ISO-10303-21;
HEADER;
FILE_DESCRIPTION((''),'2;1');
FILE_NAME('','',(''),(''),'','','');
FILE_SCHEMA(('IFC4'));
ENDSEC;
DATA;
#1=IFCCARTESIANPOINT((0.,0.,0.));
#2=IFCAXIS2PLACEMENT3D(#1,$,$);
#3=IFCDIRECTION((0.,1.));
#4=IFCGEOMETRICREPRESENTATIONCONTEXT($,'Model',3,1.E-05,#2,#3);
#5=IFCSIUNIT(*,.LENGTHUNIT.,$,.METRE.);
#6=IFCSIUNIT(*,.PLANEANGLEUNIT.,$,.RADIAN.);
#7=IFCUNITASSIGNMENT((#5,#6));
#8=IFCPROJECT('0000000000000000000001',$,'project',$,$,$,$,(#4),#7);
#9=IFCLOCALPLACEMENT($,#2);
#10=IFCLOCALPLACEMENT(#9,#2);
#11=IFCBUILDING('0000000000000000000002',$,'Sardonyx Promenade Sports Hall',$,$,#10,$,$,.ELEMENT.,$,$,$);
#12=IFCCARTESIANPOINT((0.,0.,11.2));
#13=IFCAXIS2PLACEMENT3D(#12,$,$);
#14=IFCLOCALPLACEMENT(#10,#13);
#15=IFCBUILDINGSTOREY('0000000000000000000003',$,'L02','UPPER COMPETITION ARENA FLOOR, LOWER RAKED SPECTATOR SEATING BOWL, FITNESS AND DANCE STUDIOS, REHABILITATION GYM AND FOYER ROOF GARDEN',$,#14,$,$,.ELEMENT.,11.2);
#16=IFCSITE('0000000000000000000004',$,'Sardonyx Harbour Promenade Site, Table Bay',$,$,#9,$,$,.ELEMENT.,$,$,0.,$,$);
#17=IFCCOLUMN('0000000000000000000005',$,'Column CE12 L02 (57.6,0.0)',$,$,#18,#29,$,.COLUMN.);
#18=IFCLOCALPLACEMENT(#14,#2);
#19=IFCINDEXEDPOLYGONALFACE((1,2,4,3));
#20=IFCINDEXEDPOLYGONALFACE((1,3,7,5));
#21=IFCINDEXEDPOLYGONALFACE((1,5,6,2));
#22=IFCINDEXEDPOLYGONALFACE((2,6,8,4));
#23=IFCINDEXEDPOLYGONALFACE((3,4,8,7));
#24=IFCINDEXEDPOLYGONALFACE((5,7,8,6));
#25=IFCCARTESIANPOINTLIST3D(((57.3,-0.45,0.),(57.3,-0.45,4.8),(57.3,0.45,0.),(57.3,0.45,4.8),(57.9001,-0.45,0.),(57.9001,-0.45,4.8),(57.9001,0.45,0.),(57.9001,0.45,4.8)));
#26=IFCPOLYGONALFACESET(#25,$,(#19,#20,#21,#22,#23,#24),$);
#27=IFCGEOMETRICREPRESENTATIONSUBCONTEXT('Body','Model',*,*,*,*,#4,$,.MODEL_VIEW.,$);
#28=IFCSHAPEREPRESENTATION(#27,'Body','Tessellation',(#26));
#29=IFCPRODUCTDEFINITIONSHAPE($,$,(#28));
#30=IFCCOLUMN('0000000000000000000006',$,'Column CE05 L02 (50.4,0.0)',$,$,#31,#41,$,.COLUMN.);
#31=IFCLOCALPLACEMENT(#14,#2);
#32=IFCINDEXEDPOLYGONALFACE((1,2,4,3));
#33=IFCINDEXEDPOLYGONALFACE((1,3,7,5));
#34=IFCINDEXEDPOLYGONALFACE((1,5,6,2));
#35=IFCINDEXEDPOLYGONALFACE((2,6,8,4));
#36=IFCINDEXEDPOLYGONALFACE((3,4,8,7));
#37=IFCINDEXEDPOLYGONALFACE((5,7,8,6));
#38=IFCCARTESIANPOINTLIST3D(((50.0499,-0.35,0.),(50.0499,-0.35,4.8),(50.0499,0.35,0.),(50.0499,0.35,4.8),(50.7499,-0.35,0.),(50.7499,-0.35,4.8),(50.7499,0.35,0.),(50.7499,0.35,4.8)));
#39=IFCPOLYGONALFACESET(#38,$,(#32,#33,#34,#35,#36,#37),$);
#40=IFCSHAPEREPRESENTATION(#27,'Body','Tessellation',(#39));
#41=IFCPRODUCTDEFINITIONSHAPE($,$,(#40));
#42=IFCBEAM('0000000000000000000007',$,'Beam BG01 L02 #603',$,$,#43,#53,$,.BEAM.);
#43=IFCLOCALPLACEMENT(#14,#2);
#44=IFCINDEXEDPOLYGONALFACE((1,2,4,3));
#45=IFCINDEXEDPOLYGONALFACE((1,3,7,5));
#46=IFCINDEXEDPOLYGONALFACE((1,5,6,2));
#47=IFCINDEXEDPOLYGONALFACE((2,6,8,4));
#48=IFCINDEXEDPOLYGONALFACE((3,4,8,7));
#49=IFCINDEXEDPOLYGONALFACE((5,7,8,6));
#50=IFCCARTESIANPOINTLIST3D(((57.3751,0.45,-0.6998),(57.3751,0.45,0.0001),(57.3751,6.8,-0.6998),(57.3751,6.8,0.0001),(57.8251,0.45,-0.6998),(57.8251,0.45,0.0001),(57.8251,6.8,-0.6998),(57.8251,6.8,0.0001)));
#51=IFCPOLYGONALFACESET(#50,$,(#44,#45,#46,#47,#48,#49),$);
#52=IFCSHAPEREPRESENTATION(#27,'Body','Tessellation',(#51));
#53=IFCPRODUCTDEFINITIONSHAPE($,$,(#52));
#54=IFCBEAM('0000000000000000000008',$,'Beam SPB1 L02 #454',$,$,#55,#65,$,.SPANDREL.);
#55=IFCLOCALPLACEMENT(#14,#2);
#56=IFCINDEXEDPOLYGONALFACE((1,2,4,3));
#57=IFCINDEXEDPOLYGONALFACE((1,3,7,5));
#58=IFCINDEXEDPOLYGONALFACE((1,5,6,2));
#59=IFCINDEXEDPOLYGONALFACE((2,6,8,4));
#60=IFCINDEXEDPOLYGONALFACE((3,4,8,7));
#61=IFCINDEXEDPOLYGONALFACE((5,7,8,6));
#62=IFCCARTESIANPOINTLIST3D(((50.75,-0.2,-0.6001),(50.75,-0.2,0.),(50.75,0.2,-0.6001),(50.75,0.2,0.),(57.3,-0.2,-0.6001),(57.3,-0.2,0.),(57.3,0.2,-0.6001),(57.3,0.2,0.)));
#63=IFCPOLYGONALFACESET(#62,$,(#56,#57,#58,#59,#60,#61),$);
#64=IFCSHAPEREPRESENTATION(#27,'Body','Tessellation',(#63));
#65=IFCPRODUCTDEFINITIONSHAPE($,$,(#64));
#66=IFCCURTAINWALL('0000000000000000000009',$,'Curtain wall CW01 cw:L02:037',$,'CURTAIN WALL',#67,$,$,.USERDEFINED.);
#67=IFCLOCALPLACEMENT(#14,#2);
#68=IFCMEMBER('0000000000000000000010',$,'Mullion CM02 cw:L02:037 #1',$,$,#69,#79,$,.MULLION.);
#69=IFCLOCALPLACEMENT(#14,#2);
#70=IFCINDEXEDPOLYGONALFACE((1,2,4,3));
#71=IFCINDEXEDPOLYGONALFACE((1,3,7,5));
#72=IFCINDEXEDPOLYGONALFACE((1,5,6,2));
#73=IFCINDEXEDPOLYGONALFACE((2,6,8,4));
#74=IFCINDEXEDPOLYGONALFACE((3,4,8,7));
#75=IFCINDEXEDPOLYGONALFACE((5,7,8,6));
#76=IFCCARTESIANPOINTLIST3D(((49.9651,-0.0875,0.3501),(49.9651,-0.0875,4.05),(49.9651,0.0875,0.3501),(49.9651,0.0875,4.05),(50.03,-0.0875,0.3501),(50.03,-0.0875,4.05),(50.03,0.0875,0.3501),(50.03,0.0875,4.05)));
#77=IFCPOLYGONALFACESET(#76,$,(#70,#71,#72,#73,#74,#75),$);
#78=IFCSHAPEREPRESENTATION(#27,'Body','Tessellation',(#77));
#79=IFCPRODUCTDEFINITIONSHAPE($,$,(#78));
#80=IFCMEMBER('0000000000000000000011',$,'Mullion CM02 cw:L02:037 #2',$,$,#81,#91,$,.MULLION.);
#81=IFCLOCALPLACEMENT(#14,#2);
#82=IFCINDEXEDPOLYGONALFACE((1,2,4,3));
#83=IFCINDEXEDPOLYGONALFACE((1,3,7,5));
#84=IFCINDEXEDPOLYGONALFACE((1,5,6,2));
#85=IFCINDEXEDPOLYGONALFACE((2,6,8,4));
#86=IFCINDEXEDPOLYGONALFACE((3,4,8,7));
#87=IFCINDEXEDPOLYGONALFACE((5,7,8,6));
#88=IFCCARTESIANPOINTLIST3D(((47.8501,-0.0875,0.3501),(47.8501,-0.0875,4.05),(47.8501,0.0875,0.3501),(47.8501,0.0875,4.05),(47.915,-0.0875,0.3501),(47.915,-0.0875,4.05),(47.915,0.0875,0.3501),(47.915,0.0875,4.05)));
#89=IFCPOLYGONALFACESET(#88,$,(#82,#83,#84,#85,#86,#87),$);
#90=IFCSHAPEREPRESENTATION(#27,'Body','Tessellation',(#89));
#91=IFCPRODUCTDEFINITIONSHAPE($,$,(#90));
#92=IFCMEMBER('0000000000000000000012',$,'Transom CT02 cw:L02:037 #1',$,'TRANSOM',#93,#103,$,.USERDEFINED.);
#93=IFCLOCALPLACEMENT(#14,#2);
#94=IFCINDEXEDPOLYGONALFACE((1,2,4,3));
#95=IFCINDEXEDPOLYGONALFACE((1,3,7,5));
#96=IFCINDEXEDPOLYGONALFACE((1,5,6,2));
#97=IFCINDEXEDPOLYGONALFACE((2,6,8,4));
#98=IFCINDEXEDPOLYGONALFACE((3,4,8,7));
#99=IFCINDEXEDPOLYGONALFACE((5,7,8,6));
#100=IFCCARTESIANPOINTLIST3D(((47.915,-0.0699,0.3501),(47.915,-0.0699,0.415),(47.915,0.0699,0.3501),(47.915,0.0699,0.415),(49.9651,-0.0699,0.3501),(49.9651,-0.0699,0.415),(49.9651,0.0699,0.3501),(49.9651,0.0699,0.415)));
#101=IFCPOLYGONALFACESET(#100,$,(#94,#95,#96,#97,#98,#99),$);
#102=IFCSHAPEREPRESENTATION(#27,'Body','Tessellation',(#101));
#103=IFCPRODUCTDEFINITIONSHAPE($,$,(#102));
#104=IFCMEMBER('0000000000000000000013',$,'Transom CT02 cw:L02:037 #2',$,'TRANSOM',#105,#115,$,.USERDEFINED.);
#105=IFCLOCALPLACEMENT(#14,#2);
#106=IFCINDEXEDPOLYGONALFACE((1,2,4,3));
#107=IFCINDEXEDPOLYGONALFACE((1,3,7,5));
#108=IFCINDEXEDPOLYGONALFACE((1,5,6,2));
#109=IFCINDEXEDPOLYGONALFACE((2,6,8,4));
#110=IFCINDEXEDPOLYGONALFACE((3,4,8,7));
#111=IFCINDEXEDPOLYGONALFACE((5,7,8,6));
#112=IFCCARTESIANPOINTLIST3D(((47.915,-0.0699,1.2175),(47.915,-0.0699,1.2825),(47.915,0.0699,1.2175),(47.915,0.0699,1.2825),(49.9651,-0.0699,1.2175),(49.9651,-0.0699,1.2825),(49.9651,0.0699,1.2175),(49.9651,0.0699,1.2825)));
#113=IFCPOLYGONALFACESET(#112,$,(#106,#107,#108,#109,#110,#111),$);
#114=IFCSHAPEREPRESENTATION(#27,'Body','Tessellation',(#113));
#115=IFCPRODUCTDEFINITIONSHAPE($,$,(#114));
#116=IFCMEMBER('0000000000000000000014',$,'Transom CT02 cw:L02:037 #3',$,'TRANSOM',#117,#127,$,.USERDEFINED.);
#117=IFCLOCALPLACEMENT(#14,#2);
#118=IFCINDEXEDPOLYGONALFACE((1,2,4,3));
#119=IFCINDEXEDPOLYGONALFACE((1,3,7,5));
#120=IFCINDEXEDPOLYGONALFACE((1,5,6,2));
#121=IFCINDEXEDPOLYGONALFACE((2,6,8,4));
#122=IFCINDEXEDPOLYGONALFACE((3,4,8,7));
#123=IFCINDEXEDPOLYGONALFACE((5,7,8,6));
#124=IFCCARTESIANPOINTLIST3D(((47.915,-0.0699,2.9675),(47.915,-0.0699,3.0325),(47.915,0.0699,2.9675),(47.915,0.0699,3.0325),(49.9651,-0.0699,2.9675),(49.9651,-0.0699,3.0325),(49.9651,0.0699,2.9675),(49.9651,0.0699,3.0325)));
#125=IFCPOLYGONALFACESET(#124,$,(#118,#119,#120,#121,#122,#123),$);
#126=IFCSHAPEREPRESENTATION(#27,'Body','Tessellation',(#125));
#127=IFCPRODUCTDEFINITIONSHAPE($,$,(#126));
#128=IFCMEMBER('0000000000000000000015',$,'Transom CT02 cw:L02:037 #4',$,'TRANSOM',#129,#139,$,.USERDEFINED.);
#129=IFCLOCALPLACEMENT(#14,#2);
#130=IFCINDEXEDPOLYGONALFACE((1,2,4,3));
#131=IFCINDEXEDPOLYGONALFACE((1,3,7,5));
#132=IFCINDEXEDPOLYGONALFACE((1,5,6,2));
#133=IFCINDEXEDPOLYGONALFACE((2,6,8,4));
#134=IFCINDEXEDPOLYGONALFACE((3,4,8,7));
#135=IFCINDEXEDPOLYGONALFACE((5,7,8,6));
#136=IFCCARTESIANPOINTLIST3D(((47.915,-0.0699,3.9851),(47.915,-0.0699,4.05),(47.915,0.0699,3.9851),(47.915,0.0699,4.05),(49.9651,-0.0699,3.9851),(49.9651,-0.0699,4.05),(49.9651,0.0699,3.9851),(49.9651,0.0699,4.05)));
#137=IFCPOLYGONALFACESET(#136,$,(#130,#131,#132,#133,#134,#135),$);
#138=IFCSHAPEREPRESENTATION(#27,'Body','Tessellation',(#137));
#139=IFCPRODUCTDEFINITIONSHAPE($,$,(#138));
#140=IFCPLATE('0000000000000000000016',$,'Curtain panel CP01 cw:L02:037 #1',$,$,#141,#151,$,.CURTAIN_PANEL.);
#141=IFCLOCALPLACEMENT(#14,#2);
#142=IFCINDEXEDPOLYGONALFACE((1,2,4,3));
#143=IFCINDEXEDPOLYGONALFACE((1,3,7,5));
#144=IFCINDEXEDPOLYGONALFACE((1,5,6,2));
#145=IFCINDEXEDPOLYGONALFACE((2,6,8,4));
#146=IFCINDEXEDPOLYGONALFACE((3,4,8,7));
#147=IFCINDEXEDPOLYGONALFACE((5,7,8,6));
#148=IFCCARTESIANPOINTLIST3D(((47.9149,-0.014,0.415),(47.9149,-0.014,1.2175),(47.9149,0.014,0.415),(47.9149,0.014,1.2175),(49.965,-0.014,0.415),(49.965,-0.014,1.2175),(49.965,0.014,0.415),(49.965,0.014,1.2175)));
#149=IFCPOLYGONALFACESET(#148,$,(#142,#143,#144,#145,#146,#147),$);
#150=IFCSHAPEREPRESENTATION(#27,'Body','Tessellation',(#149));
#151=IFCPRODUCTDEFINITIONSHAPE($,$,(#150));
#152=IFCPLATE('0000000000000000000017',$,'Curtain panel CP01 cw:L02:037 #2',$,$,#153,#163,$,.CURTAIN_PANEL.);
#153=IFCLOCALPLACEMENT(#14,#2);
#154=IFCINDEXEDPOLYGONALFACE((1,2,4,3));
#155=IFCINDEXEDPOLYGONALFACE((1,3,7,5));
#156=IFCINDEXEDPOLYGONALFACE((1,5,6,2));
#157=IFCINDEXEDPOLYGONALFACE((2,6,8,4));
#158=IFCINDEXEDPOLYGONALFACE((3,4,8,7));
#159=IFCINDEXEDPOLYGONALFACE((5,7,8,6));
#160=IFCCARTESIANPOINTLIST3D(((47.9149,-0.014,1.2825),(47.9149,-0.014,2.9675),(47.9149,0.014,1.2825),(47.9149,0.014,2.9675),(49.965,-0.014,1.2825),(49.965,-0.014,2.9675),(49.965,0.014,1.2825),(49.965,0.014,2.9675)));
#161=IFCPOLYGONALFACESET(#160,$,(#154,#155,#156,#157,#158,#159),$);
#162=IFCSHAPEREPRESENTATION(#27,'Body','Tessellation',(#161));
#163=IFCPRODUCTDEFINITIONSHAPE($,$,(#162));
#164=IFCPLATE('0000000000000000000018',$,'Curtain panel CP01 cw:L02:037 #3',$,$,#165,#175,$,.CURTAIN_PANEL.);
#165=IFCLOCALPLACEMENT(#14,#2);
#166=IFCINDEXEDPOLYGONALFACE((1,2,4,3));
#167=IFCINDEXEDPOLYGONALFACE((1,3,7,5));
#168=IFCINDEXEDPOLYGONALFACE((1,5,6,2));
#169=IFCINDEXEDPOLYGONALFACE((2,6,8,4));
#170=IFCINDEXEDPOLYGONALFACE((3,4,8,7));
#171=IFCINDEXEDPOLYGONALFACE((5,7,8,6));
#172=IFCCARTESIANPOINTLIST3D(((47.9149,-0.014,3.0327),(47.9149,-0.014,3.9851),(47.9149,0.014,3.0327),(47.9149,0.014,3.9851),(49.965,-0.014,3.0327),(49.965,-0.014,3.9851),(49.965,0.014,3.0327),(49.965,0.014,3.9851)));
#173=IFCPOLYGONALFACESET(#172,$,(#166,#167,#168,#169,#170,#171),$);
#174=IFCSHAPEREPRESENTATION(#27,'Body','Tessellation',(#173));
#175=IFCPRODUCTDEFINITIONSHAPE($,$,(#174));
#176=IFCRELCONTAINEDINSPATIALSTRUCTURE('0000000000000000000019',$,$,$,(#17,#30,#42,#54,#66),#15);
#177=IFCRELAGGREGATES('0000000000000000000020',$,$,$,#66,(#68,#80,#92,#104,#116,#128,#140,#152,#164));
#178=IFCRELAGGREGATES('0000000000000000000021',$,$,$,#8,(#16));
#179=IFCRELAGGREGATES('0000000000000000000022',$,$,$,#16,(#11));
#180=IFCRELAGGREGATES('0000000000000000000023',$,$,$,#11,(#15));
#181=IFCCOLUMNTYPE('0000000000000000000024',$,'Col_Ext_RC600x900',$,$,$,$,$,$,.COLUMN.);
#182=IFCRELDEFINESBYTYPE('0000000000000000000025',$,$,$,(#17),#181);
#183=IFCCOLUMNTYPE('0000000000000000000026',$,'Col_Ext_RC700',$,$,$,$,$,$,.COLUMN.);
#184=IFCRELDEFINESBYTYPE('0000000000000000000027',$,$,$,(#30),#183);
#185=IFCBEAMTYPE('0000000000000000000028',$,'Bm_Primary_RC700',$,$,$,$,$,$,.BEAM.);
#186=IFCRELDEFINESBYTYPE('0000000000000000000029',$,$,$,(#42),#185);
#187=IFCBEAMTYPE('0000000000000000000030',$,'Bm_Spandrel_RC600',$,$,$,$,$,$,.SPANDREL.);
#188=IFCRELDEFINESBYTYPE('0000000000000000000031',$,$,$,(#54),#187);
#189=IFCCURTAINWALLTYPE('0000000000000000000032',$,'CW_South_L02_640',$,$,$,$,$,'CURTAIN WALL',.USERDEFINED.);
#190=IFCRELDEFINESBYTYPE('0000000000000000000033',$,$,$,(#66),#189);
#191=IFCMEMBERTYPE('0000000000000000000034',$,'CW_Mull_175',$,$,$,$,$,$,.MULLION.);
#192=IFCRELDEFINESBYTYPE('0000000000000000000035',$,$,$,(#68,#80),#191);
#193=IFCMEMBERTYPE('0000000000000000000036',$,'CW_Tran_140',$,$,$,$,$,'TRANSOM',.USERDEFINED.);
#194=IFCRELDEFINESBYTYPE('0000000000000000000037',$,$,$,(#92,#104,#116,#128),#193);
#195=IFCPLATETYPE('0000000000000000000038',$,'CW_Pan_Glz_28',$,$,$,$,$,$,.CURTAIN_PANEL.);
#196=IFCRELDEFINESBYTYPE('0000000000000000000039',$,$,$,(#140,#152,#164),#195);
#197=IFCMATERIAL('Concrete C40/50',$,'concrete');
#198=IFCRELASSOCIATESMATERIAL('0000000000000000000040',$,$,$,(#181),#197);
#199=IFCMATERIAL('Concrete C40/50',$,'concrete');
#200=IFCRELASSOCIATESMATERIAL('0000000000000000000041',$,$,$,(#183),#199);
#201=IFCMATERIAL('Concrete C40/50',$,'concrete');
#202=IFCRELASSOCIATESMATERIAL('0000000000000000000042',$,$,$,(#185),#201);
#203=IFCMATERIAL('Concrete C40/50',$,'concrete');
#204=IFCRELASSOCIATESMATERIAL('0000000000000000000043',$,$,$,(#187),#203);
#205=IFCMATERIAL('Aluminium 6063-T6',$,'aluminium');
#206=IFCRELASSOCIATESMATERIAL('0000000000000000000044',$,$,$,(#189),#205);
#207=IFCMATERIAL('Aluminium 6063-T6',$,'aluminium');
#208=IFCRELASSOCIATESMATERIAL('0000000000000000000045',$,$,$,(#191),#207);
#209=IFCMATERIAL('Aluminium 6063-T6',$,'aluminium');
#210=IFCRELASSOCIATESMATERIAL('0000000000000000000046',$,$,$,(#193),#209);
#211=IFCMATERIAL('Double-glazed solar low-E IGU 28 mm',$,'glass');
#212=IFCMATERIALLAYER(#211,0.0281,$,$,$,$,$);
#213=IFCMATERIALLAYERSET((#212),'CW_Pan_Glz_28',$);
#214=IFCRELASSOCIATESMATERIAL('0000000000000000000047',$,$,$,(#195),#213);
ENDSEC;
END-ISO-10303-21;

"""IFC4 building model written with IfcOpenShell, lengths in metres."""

from ifc_helpers import new_model, si_unit, direction, frame, origin, origin_2d, place, context, subcontext, project, spatial, rectangle, extrude, material, layer, layer_set, material_profile, profile_set, type_object, element, aggregate, save


model = new_model("IFC4")

# Units and contexts
model_context = context("Model", 3, precision=1e-05, world=origin(), true_north=direction((0.0, 1.0)))
body_context = subcontext(model_context, "Body", "Model", "MODEL_VIEW")
ifc_project = project(units=[si_unit("LENGTHUNIT", "METRE"), si_unit("PLANEANGLEUNIT", "RADIAN")], contexts=[model_context])

# Site, building, storey
site_placement = place(None, origin())
site = spatial("IfcSite", under=ifc_project, at=site_placement, Name="Sardonyx Harbour Promenade Site, Table Bay", CompositionType="ELEMENT", RefElevation=0.0)
building_placement = place(site_placement, origin())
building = spatial("IfcBuilding", under=site, at=building_placement, Name="Sardonyx Promenade Sports Hall", CompositionType="ELEMENT")
storey_placement = place(building_placement, frame((0.0, 0.0, 11.2)))
storey = spatial("IfcBuildingStorey", under=building, at=storey_placement, Name="L02", Description="UPPER COMPETITION ARENA FLOOR, LOWER RAKED SPECTATOR SEATING BOWL, FITNESS AND DANCE STUDIOS, REHABILITATION GYM AND FOYER ROOF GARDEN", CompositionType="ELEMENT", Elevation=11.2)

# Columns
ifc_material_1 = material(Name="Concrete C40/50", Category="concrete")
ifc_material_profile_1 = material_profile(ifc_material_1, rectangle(XDim=0.6001, YDim=0.8999, at=origin_2d()))
ifc_profile_set_1 = profile_set([ifc_material_profile_1], Name="Concrete C40/50")
column_type_1 = type_object("IfcColumnType", Name="Col_Ext_RC600x900", PredefinedType="COLUMN", material=ifc_profile_set_1)
column_1_placement = place(storey_placement, frame((57.6001, 0.0, 0.0), z_axis=(0.0, 0.0, 1.0), x_axis=(1.0, 0.0, 0.0)))
element("IfcColumn", 1, at=column_1_placement, inside=storey, type_object=column_type_1, Name="Column CE12 L02 (57.6,0.0)", PredefinedType="COLUMN", context=body_context, shape_type="SweptSolid", body=[
    extrude(rectangle(XDim=0.6001, YDim=0.8999, at=origin_2d()), origin(), (0.0, 0.0, 1.0), 4.8),
])
ifc_material_2 = material(Name="Concrete C40/50", Category="concrete")
ifc_material_profile_2 = material_profile(ifc_material_2, rectangle(XDim=0.7, YDim=0.7, at=origin_2d()))
ifc_profile_set_2 = profile_set([ifc_material_profile_2], Name="Concrete C40/50")
column_type_2 = type_object("IfcColumnType", Name="Col_Ext_RC700", PredefinedType="COLUMN", material=ifc_profile_set_2)
column_2_placement = place(storey_placement, frame((50.3999, 0.0, 0.0), z_axis=(0.0, 0.0, 1.0), x_axis=(1.0, 0.0, 0.0)))
element("IfcColumn", 2, at=column_2_placement, inside=storey, type_object=column_type_2, Name="Column CE05 L02 (50.4,0.0)", PredefinedType="COLUMN", context=body_context, shape_type="SweptSolid", body=[
    extrude(rectangle(XDim=0.7, YDim=0.7, at=origin_2d()), origin(), (0.0, 0.0, 1.0), 4.8),
])

# Beams
ifc_material_3 = material(Name="Concrete C40/50", Category="concrete")
ifc_material_profile_3 = material_profile(ifc_material_3, rectangle(XDim=0.45, YDim=0.7, at=origin_2d()))
ifc_profile_set_3 = profile_set([ifc_material_profile_3], Name="Concrete C40/50")
beam_type_1 = type_object("IfcBeamType", Name="Bm_Primary_RC700", PredefinedType="BEAM", material=ifc_profile_set_3)
beam_1_placement = place(storey_placement, frame((57.6001, 0.45, -0.3499), z_axis=(0.0, 1.0, 0.0), x_axis=(-1.0, 0.0, 0.0)))
element("IfcBeam", 3, at=beam_1_placement, inside=storey, type_object=beam_type_1, Name="Beam BG01 L02 #603", PredefinedType="BEAM", context=body_context, shape_type="SweptSolid", body=[
    extrude(rectangle(XDim=0.45, YDim=0.7, at=origin_2d()), origin(), (0.0, 0.0, 1.0), 6.3501),
])
ifc_material_4 = material(Name="Concrete C40/50", Category="concrete")
ifc_material_profile_4 = material_profile(ifc_material_4, rectangle(XDim=0.3999, YDim=0.6001, at=origin_2d()))
ifc_profile_set_4 = profile_set([ifc_material_profile_4], Name="Concrete C40/50")
beam_type_2 = type_object("IfcBeamType", Name="Bm_Spandrel_RC600", PredefinedType="SPANDREL", material=ifc_profile_set_4)
beam_2_placement = place(storey_placement, frame((50.75, 0.0, -0.3), z_axis=(1.0, 0.0, 0.0), x_axis=(0.0, 1.0, 0.0)))
element("IfcBeam", 4, at=beam_2_placement, inside=storey, type_object=beam_type_2, Name="Beam SPB1 L02 #454", PredefinedType="SPANDREL", context=body_context, shape_type="SweptSolid", body=[
    extrude(rectangle(XDim=0.3999, YDim=0.6001, at=origin_2d()), origin(), (0.0, 0.0, 1.0), 6.55),
])

# Curtain wall, members, plates
ifc_material_5 = material(Name="Aluminium 6063-T6", Category="aluminium")
curtain_wall_type = type_object("IfcCurtainWallType", Name="CW_South_L02_640", ElementType="CURTAIN WALL", PredefinedType="USERDEFINED", material=ifc_material_5)
curtain_wall_placement = place(storey_placement, origin())
curtain_wall = element("IfcCurtainWall", 5, at=curtain_wall_placement, inside=storey, type_object=curtain_wall_type, Name="Curtain wall CW01 cw:L02:037", ObjectType="CURTAIN WALL", PredefinedType="USERDEFINED")
ifc_material_6 = material(Name="Aluminium 6063-T6", Category="aluminium")
ifc_material_profile_5 = material_profile(ifc_material_6, rectangle(XDim=0.0649, YDim=0.175, at=origin_2d()))
ifc_profile_set_5 = profile_set([ifc_material_profile_5], Name="Aluminium 6063-T6")
member_type_1 = type_object("IfcMemberType", Name="CW_Mull_175", PredefinedType="MULLION", material=ifc_profile_set_5)
member_1_placement = place(storey_placement, frame((49.9976, 0.0, 0.3501), z_axis=(0.0, 0.0, 1.0), x_axis=(-1.0, 0.0, 0.0)))
member_1 = element("IfcMember", 6, at=member_1_placement, type_object=member_type_1, Name="Mullion CM02 cw:L02:037 #1", PredefinedType="MULLION", context=body_context, shape_type="SweptSolid", body=[
    extrude(rectangle(XDim=0.0649, YDim=0.175, at=origin_2d()), origin(), (0.0, 0.0, 1.0), 3.7),
])
member_2_placement = place(storey_placement, frame((47.8826, 0.0, 0.3501), z_axis=(0.0, 0.0, 1.0), x_axis=(-1.0, 0.0, 0.0)))
member_2 = element("IfcMember", 7, at=member_2_placement, type_object=member_type_1, Name="Mullion CM02 cw:L02:037 #2", PredefinedType="MULLION", context=body_context, shape_type="SweptSolid", body=[
    extrude(rectangle(XDim=0.0649, YDim=0.175, at=origin_2d()), origin(), (0.0, 0.0, 1.0), 3.7),
])
ifc_material_7 = material(Name="Aluminium 6063-T6", Category="aluminium")
ifc_material_profile_6 = material_profile(ifc_material_7, rectangle(XDim=0.0649, YDim=0.1399, at=origin_2d()))
ifc_profile_set_6 = profile_set([ifc_material_profile_6], Name="Aluminium 6063-T6")
member_type_2 = type_object("IfcMemberType", Name="CW_Tran_140", ElementType="TRANSOM", PredefinedType="USERDEFINED", material=ifc_profile_set_6)
member_3_placement = place(storey_placement, frame((49.9651, 0.0, 0.3826), z_axis=(-1.0, 0.0, 0.0), x_axis=(0.0, 0.0, 1.0)))
member_3 = element("IfcMember", 8, at=member_3_placement, type_object=member_type_2, Name="Transom CT02 cw:L02:037 #1", ObjectType="TRANSOM", PredefinedType="USERDEFINED", context=body_context, shape_type="SweptSolid", body=[
    extrude(rectangle(XDim=0.0649, YDim=0.1399, at=origin_2d()), origin(), (0.0, 0.0, 1.0), 2.05),
])
member_4_placement = place(storey_placement, frame((49.9651, 0.0, 1.25), z_axis=(-1.0, 0.0, 0.0), x_axis=(0.0, 0.0, 1.0)))
member_4 = element("IfcMember", 9, at=member_4_placement, type_object=member_type_2, Name="Transom CT02 cw:L02:037 #2", ObjectType="TRANSOM", PredefinedType="USERDEFINED", context=body_context, shape_type="SweptSolid", body=[
    extrude(rectangle(XDim=0.0649, YDim=0.1399, at=origin_2d()), origin(), (0.0, 0.0, 1.0), 2.05),
])
member_5_placement = place(storey_placement, frame((49.9651, 0.0, 3.0), z_axis=(-1.0, 0.0, 0.0), x_axis=(0.0, 0.0, 1.0)))
member_5 = element("IfcMember", 10, at=member_5_placement, type_object=member_type_2, Name="Transom CT02 cw:L02:037 #3", ObjectType="TRANSOM", PredefinedType="USERDEFINED", context=body_context, shape_type="SweptSolid", body=[
    extrude(rectangle(XDim=0.0649, YDim=0.1399, at=origin_2d()), origin(), (0.0, 0.0, 1.0), 2.05),
])
member_6_placement = place(storey_placement, frame((49.9651, 0.0, 4.0176), z_axis=(-1.0, 0.0, 0.0), x_axis=(0.0, 0.0, 1.0)))
member_6 = element("IfcMember", 11, at=member_6_placement, type_object=member_type_2, Name="Transom CT02 cw:L02:037 #4", ObjectType="TRANSOM", PredefinedType="USERDEFINED", context=body_context, shape_type="SweptSolid", body=[
    extrude(rectangle(XDim=0.0649, YDim=0.1399, at=origin_2d()), origin(), (0.0, 0.0, 1.0), 2.05),
])
ifc_material_8 = material(Name="Double-glazed solar low-E IGU 28 mm", Category="glass")
ifc_layer_1 = layer(ifc_material_8, 0.0281)
ifc_layer_set_1 = layer_set([ifc_layer_1], Name="CW_Pan_Glz_28")
plate_type = type_object("IfcPlateType", Name="CW_Pan_Glz_28", PredefinedType="CURTAIN_PANEL", material=ifc_layer_set_1)
plate_1_placement = place(storey_placement, frame((48.9399, 0.0, 0.415), z_axis=(0.0, 0.0, 1.0), x_axis=(-1.0, 0.0, 0.0)))
plate_1 = element("IfcPlate", 12, at=plate_1_placement, type_object=plate_type, Name="Curtain panel CP01 cw:L02:037 #1", PredefinedType="CURTAIN_PANEL", context=body_context, shape_type="SweptSolid", body=[
    extrude(rectangle(XDim=2.05, YDim=0.0281, at=origin_2d()), origin(), (0.0, 0.0, 1.0), 0.8025),
])
plate_2_placement = place(storey_placement, frame((48.9399, 0.0, 1.2825), z_axis=(0.0, 0.0, 1.0), x_axis=(-1.0, 0.0, 0.0)))
plate_2 = element("IfcPlate", 13, at=plate_2_placement, type_object=plate_type, Name="Curtain panel CP01 cw:L02:037 #2", PredefinedType="CURTAIN_PANEL", context=body_context, shape_type="SweptSolid", body=[
    extrude(rectangle(XDim=2.05, YDim=0.0281, at=origin_2d()), origin(), (0.0, 0.0, 1.0), 1.6851),
])
plate_3_placement = place(storey_placement, frame((48.9399, 0.0, 3.0327), z_axis=(0.0, 0.0, 1.0), x_axis=(-1.0, 0.0, 0.0)))
plate_3 = element("IfcPlate", 14, at=plate_3_placement, type_object=plate_type, Name="Curtain panel CP01 cw:L02:037 #3", PredefinedType="CURTAIN_PANEL", context=body_context, shape_type="SweptSolid", body=[
    extrude(rectangle(XDim=2.05, YDim=0.0281, at=origin_2d()), origin(), (0.0, 0.0, 1.0), 0.9524),
])
aggregate(curtain_wall, [member_1, member_2, member_3, member_4, member_5, member_6, plate_1, plate_2, plate_3])

save(model, "model.ifc")
